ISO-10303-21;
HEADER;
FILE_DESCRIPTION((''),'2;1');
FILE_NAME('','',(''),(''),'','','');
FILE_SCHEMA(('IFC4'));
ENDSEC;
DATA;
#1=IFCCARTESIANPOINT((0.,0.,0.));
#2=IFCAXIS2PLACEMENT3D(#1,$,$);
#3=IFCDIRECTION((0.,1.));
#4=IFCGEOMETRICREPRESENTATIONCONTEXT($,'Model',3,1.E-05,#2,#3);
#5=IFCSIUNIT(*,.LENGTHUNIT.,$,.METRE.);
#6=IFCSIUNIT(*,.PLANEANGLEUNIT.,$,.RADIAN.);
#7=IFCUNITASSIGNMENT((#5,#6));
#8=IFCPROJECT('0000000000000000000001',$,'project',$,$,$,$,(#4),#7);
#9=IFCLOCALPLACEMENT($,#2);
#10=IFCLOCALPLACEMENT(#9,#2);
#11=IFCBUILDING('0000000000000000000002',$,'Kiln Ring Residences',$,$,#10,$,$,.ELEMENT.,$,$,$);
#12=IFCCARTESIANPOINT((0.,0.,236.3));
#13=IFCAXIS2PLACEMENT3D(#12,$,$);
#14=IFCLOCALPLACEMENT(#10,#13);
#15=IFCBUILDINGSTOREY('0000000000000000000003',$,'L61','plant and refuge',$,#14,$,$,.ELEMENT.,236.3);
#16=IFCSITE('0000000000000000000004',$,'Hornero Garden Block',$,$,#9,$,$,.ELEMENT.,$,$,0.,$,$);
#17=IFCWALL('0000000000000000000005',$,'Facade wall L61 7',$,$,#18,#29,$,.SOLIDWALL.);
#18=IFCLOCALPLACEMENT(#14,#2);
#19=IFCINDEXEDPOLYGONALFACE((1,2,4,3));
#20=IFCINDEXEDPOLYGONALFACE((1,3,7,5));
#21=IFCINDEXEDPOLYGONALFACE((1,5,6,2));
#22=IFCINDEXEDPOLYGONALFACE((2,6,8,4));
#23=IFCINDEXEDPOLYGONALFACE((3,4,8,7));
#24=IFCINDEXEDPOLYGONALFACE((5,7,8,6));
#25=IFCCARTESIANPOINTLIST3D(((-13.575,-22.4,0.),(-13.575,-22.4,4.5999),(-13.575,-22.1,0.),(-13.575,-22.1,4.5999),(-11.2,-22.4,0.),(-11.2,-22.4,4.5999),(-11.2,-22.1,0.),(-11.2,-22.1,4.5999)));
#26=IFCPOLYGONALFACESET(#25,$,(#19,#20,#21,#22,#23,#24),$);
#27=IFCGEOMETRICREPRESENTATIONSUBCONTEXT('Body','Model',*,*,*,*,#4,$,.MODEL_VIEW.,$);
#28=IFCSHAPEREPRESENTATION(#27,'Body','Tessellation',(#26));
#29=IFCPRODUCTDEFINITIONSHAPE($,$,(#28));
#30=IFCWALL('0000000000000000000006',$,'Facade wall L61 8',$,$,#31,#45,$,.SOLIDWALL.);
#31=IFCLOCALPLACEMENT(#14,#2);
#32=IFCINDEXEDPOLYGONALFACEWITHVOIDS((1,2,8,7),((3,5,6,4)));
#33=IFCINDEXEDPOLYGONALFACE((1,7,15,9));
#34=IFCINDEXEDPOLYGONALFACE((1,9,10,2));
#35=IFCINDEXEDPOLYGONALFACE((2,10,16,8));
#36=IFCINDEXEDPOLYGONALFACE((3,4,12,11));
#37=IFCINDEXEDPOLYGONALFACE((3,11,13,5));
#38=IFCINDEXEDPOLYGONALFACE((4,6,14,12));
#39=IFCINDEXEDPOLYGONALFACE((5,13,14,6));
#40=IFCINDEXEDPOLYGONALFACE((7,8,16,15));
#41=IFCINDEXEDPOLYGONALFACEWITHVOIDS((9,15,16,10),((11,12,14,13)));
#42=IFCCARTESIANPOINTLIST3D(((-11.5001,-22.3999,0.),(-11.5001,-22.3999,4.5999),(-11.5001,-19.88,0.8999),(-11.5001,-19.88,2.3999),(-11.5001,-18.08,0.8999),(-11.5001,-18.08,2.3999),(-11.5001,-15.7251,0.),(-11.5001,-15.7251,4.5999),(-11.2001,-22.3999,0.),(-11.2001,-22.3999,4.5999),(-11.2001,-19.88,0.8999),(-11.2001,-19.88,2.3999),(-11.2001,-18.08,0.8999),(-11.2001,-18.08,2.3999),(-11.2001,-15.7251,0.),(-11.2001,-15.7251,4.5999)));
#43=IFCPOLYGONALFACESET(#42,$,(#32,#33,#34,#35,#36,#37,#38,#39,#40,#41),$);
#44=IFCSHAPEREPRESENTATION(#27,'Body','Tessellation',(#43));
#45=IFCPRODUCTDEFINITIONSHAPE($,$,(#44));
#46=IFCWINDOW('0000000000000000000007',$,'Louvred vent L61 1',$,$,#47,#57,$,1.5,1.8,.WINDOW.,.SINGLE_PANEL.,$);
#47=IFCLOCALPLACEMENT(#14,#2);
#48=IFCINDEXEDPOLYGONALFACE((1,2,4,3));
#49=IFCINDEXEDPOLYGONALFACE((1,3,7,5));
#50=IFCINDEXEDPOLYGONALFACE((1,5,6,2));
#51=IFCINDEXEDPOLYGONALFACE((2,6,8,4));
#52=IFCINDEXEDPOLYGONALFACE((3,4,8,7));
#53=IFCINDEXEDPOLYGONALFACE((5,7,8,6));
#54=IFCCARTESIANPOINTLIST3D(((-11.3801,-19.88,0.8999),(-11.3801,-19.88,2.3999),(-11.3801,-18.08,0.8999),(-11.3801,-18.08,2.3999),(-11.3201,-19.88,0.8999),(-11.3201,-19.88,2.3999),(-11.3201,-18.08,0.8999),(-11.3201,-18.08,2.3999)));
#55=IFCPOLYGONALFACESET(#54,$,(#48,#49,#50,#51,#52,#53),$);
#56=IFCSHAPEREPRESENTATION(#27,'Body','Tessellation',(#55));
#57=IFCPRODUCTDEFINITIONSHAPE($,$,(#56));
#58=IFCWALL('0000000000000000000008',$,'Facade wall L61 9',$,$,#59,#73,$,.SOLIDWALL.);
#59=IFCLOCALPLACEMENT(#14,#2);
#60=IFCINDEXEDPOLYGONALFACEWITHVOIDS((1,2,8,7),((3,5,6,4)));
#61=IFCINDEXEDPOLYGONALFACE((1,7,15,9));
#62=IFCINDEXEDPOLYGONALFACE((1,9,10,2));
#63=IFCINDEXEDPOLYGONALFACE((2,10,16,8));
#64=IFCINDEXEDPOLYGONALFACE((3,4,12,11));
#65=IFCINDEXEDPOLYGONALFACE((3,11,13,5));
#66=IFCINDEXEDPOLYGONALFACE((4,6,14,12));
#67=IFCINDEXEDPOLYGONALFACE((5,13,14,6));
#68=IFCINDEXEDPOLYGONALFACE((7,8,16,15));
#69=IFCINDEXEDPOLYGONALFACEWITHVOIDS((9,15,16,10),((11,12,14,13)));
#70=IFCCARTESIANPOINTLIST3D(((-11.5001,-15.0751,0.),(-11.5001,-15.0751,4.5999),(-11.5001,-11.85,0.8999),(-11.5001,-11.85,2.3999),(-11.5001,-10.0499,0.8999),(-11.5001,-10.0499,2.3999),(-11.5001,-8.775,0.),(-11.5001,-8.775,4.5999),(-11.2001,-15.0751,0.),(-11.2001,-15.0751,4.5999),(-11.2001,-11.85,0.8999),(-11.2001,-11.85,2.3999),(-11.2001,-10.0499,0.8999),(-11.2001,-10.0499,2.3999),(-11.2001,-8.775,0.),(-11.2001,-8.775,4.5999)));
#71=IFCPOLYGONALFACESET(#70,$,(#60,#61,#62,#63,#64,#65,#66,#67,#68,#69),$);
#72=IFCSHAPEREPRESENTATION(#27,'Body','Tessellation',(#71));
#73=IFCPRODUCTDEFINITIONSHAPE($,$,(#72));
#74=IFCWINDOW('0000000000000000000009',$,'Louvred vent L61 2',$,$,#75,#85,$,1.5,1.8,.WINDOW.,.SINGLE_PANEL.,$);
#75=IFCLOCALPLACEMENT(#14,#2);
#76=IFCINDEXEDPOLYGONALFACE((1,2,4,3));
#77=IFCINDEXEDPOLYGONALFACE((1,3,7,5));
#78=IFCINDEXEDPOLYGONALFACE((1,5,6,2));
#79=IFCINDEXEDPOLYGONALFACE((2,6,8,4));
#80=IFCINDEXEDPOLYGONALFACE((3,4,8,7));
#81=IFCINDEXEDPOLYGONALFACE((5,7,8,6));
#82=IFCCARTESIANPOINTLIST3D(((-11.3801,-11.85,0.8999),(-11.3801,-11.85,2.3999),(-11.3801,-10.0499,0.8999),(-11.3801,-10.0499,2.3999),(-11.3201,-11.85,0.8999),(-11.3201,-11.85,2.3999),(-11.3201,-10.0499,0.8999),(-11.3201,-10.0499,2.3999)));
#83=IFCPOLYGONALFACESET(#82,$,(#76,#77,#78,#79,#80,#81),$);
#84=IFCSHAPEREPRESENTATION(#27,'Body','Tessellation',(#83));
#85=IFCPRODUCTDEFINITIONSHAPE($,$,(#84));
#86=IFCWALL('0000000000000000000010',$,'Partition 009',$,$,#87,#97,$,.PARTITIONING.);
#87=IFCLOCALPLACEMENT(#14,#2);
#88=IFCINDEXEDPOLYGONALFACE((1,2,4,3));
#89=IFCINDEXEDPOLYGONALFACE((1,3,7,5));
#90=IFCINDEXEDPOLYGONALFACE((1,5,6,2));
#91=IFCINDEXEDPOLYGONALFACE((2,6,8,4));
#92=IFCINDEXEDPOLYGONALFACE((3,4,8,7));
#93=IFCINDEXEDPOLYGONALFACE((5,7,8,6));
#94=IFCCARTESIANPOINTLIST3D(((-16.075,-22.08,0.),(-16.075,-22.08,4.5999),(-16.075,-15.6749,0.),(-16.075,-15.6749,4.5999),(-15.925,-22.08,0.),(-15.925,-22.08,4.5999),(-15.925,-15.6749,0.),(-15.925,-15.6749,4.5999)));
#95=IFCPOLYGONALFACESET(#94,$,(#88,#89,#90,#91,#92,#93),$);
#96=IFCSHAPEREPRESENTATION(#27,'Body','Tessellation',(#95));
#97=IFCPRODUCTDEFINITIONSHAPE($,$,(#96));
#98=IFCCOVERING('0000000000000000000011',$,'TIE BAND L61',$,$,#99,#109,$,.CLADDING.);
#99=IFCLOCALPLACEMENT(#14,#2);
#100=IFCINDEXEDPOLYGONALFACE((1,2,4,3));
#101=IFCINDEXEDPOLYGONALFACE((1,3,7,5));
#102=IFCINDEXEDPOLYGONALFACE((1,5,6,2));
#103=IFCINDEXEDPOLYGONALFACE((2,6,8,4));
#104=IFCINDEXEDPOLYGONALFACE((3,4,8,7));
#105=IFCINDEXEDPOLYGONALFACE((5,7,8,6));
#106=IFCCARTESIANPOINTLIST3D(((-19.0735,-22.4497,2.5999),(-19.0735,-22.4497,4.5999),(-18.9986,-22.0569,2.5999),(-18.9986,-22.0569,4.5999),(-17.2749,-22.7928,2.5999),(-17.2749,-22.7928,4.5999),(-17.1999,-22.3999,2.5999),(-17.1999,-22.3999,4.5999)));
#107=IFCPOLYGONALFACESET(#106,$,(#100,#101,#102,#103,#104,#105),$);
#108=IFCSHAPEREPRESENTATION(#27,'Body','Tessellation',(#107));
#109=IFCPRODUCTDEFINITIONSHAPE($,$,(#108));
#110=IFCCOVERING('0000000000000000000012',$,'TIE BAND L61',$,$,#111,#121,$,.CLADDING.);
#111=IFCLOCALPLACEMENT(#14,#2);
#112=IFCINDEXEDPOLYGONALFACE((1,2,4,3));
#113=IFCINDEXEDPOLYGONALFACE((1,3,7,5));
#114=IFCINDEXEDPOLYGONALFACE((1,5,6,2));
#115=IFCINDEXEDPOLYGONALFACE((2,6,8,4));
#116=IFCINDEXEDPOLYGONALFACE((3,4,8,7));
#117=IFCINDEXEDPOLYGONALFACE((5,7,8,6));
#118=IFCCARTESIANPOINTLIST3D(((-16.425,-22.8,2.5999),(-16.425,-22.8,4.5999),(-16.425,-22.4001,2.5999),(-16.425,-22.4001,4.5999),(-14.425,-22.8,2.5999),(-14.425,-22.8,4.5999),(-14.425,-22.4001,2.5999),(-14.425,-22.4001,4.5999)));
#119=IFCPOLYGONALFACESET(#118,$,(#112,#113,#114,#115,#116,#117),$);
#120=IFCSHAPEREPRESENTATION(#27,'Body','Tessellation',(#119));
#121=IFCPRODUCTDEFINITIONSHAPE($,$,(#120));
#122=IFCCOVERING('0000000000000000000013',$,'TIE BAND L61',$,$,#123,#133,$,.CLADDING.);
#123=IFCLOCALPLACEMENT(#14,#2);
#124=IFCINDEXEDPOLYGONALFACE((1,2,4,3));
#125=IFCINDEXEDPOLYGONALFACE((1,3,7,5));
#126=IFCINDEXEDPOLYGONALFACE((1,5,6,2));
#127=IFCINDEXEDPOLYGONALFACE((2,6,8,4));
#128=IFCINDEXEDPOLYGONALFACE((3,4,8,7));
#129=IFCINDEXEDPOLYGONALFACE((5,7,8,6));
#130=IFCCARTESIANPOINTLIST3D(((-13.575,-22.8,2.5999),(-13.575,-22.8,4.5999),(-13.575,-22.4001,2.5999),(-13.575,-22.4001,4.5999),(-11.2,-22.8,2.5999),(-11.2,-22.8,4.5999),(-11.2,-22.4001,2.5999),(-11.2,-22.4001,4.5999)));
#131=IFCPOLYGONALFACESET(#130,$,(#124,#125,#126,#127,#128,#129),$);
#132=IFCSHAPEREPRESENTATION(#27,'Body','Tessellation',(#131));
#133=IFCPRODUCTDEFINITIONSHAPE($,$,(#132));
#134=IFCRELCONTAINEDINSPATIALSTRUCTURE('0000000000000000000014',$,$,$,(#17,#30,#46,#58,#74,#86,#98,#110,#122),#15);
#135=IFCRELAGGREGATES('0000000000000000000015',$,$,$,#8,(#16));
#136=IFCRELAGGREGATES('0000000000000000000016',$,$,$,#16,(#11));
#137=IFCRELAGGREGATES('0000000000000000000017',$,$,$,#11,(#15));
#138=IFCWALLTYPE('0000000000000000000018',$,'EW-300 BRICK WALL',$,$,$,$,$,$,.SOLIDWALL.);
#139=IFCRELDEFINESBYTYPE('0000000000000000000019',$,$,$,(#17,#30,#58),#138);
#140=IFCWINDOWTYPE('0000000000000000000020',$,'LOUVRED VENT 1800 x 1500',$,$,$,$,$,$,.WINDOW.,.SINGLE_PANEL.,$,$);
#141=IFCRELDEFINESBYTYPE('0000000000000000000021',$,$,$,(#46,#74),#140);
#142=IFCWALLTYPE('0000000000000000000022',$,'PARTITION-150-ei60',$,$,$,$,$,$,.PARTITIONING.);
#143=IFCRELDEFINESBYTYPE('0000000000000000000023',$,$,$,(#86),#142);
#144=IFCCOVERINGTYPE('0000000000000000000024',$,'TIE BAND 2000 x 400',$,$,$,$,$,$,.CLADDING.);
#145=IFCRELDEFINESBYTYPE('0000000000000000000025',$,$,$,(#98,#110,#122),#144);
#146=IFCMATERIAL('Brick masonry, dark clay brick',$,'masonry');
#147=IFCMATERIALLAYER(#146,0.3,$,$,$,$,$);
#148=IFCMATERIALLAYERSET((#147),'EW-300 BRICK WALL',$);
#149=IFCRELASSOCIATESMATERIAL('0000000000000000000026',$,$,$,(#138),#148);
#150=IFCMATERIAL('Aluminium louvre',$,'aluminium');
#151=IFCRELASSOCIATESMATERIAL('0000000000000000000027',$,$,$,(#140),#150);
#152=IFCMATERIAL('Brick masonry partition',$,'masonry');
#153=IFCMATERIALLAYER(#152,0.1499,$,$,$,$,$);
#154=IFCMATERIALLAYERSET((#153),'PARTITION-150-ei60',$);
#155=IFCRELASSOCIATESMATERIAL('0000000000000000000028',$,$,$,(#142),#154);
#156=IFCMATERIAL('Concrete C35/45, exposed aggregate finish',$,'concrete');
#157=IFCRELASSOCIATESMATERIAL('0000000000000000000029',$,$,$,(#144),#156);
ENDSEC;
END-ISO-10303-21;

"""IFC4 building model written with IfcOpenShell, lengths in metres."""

from ifc_helpers import new_model, si_unit, direction, frame, frame_2d, origin, origin_2d, place, context, subcontext, project, spatial, rectangle, extrude, material, layer, layer_set, type_object, element, fill, save


model = new_model("IFC4")

# Units and contexts
model_context = context("Model", 3, precision=1e-05, world=origin(), true_north=direction((0.0, 1.0)))
body_context = subcontext(model_context, "Body", "Model", "MODEL_VIEW")
ifc_project = project(units=[si_unit("LENGTHUNIT", "METRE"), si_unit("PLANEANGLEUNIT", "RADIAN")], contexts=[model_context])

# Site, building, storey
site_placement = place(None, origin())
site = spatial("IfcSite", under=ifc_project, at=site_placement, Name="Hornero Garden Block", CompositionType="ELEMENT", RefElevation=0.0)
building_placement = place(site_placement, origin())
building = spatial("IfcBuilding", under=site, at=building_placement, Name="Kiln Ring Residences", CompositionType="ELEMENT")
storey_placement = place(building_placement, frame((0.0, 0.0, 236.3)))
storey = spatial("IfcBuildingStorey", under=building, at=storey_placement, Name="L61", Description="plant and refuge", CompositionType="ELEMENT", Elevation=236.3)

# Wall
ifc_material_1 = material(Name="Brick masonry, dark clay brick", Category="masonry")
ifc_layer_1 = layer(ifc_material_1, 0.3)
ifc_layer_set_1 = layer_set([ifc_layer_1], Name="EW-300 BRICK WALL")
wall_type_1 = type_object("IfcWallType", Name="EW-300 BRICK WALL", PredefinedType="SOLIDWALL", material=ifc_layer_set_1)
wall_1_placement = place(storey_placement, frame((-13.575, -22.25, 0.0), z_axis=(0.0, 0.0, 1.0), x_axis=(1.0, 0.0, 0.0)))
element("IfcWall", 1, at=wall_1_placement, inside=storey, type_object=wall_type_1, Name="Facade wall L61 7", PredefinedType="SOLIDWALL", context=body_context, shape_type="SweptSolid", body=[
    extrude(rectangle(XDim=2.375, YDim=0.3, at=frame_2d((1.1875, 0.0))), origin(), (0.0, 0.0, 1.0), 4.5999),
])

# Walls, openings, windows
wall_2_placement = place(storey_placement, frame((-11.3501, -22.3999, 0.0), z_axis=(0.0, 0.0, 1.0), x_axis=(0.0, 1.0, 0.0)))
wall_2 = element("IfcWall", 2, at=wall_2_placement, inside=storey, type_object=wall_type_1, Name="Facade wall L61 8", PredefinedType="SOLIDWALL", context=body_context, shape_type="SweptSolid", body=[
    extrude(rectangle(XDim=6.6748, YDim=0.3, at=frame_2d((3.3374, 0.0))), origin(), (0.0, 0.0, 1.0), 4.5999),
])
opening_1_placement = place(wall_2_placement, frame((2.52, 0.0, 0.8999)))
opening_1 = element("IfcOpeningElement", 3, at=opening_1_placement, cuts=wall_2, PredefinedType="OPENING", context=body_context, shape_type="SweptSolid", body=[
    extrude(rectangle(XDim=1.8, YDim=1.5, at=frame_2d((0.8999, 0.75))), frame((0.0, 0.1599, 0.0), z_axis=(0.0, -1.0, 0.0), x_axis=(1.0, 0.0, 0.0)), (0.0, 0.0, 1.0), 0.3201),
])
ifc_material_2 = material(Name="Aluminium louvre", Category="aluminium")
window_type = type_object("IfcWindowType", Name="LOUVRED VENT 1800 x 1500", PartitioningType="SINGLE_PANEL", PredefinedType="WINDOW", material=ifc_material_2)
window_1_placement = place(opening_1_placement, origin())
window_1 = element("IfcWindow", 4, at=window_1_placement, inside=storey, type_object=window_type, Name="Louvred vent L61 1", OverallHeight=1.5, OverallWidth=1.8, PartitioningType="SINGLE_PANEL", PredefinedType="WINDOW", context=body_context, shape_type="SweptSolid", body=[
    extrude(rectangle(XDim=1.8, YDim=1.5, at=frame_2d((0.8999, 0.75))), frame((0.0, 0.03, 0.0), z_axis=(0.0, -1.0, 0.0), x_axis=(1.0, 0.0, 0.0)), (0.0, 0.0, 1.0), 0.0601),
])
fill(opening_1, window_1)
wall_3_placement = place(storey_placement, frame((-11.3501, -15.075, 0.0), z_axis=(0.0, 0.0, 1.0), x_axis=(0.0, 1.0, 0.0)))
wall_3 = element("IfcWall", 5, at=wall_3_placement, inside=storey, type_object=wall_type_1, Name="Facade wall L61 9", PredefinedType="SOLIDWALL", context=body_context, shape_type="SweptSolid", body=[
    extrude(rectangle(XDim=6.3, YDim=0.3, at=frame_2d((3.1499, 0.0))), origin(), (0.0, 0.0, 1.0), 4.5999),
])
opening_2_placement = place(wall_3_placement, frame((3.2251, 0.0, 0.8999)))
opening_2 = element("IfcOpeningElement", 6, at=opening_2_placement, cuts=wall_3, PredefinedType="OPENING", context=body_context, shape_type="SweptSolid", body=[
    extrude(rectangle(XDim=1.8, YDim=1.5, at=frame_2d((0.8999, 0.75))), frame((0.0, 0.1599, 0.0), z_axis=(0.0, -1.0, 0.0), x_axis=(1.0, 0.0, 0.0)), (0.0, 0.0, 1.0), 0.3201),
])
window_2_placement = place(opening_2_placement, origin())
window_2 = element("IfcWindow", 7, at=window_2_placement, inside=storey, type_object=window_type, Name="Louvred vent L61 2", OverallHeight=1.5, OverallWidth=1.8, PartitioningType="SINGLE_PANEL", PredefinedType="WINDOW", context=body_context, shape_type="SweptSolid", body=[
    extrude(rectangle(XDim=1.8, YDim=1.5, at=frame_2d((0.8999, 0.75))), frame((0.0, 0.03, 0.0), z_axis=(0.0, -1.0, 0.0), x_axis=(1.0, 0.0, 0.0)), (0.0, 0.0, 1.0), 0.0601),
])
fill(opening_2, window_2)

# Wall
ifc_material_3 = material(Name="Brick masonry partition", Category="masonry")
ifc_layer_2 = layer(ifc_material_3, 0.1499)
ifc_layer_set_2 = layer_set([ifc_layer_2], Name="PARTITION-150-ei60")
wall_type_2 = type_object("IfcWallType", Name="PARTITION-150-ei60", PredefinedType="PARTITIONING", material=ifc_layer_set_2)
wall_4_placement = place(storey_placement, frame((-16.0, -22.0801, 0.0), z_axis=(0.0, 0.0, 1.0), x_axis=(0.0, 1.0, 0.0)))
element("IfcWall", 8, at=wall_4_placement, inside=storey, type_object=wall_type_2, Name="Partition 009", PredefinedType="PARTITIONING", context=body_context, shape_type="SweptSolid", body=[
    extrude(rectangle(XDim=6.405, YDim=0.1499, at=frame_2d((3.2026, 0.0))), origin(), (0.0, 0.0, 1.0), 4.5999),
])

# Coverings
ifc_material_4 = material(Name="Concrete C35/45, exposed aggregate finish", Category="concrete")
covering_type = type_object("IfcCoveringType", Name="TIE BAND 2000 x 400", PredefinedType="CLADDING", material=ifc_material_4)
covering_1_placement = place(storey_placement, frame((-18.1367, -22.4248, 2.5999), z_axis=(0.0, 0.0, 1.0), x_axis=(0.98229, -0.187366, 0.0)))
element("IfcCovering", 9, at=covering_1_placement, inside=storey, type_object=covering_type, Name="TIE BAND L61", PredefinedType="CLADDING", context=body_context, shape_type="SweptSolid", body=[
    extrude(rectangle(XDim=1.8311, YDim=0.3999, at=origin_2d()), origin(), (0.0, 0.0, 1.0), 2.0),
])
covering_2_placement = place(storey_placement, frame((-15.425, -22.6001, 2.5999), z_axis=(0.0, 0.0, 1.0), x_axis=(1.0, 0.0, 0.0)))
element("IfcCovering", 10, at=covering_2_placement, inside=storey, type_object=covering_type, Name="TIE BAND L61", PredefinedType="CLADDING", context=body_context, shape_type="SweptSolid", body=[
    extrude(rectangle(XDim=2.0, YDim=0.3999, at=origin_2d()), origin(), (0.0, 0.0, 1.0), 2.0),
])
covering_3_placement = place(storey_placement, frame((-12.3875, -22.6001, 2.5999), z_axis=(0.0, 0.0, 1.0), x_axis=(1.0, 0.0, 0.0)))
element("IfcCovering", 11, at=covering_3_placement, inside=storey, type_object=covering_type, Name="TIE BAND L61", PredefinedType="CLADDING", context=body_context, shape_type="SweptSolid", body=[
    extrude(rectangle(XDim=2.375, YDim=0.3999, at=origin_2d()), origin(), (0.0, 0.0, 1.0), 2.0),
])

save(model, "model.ifc")
